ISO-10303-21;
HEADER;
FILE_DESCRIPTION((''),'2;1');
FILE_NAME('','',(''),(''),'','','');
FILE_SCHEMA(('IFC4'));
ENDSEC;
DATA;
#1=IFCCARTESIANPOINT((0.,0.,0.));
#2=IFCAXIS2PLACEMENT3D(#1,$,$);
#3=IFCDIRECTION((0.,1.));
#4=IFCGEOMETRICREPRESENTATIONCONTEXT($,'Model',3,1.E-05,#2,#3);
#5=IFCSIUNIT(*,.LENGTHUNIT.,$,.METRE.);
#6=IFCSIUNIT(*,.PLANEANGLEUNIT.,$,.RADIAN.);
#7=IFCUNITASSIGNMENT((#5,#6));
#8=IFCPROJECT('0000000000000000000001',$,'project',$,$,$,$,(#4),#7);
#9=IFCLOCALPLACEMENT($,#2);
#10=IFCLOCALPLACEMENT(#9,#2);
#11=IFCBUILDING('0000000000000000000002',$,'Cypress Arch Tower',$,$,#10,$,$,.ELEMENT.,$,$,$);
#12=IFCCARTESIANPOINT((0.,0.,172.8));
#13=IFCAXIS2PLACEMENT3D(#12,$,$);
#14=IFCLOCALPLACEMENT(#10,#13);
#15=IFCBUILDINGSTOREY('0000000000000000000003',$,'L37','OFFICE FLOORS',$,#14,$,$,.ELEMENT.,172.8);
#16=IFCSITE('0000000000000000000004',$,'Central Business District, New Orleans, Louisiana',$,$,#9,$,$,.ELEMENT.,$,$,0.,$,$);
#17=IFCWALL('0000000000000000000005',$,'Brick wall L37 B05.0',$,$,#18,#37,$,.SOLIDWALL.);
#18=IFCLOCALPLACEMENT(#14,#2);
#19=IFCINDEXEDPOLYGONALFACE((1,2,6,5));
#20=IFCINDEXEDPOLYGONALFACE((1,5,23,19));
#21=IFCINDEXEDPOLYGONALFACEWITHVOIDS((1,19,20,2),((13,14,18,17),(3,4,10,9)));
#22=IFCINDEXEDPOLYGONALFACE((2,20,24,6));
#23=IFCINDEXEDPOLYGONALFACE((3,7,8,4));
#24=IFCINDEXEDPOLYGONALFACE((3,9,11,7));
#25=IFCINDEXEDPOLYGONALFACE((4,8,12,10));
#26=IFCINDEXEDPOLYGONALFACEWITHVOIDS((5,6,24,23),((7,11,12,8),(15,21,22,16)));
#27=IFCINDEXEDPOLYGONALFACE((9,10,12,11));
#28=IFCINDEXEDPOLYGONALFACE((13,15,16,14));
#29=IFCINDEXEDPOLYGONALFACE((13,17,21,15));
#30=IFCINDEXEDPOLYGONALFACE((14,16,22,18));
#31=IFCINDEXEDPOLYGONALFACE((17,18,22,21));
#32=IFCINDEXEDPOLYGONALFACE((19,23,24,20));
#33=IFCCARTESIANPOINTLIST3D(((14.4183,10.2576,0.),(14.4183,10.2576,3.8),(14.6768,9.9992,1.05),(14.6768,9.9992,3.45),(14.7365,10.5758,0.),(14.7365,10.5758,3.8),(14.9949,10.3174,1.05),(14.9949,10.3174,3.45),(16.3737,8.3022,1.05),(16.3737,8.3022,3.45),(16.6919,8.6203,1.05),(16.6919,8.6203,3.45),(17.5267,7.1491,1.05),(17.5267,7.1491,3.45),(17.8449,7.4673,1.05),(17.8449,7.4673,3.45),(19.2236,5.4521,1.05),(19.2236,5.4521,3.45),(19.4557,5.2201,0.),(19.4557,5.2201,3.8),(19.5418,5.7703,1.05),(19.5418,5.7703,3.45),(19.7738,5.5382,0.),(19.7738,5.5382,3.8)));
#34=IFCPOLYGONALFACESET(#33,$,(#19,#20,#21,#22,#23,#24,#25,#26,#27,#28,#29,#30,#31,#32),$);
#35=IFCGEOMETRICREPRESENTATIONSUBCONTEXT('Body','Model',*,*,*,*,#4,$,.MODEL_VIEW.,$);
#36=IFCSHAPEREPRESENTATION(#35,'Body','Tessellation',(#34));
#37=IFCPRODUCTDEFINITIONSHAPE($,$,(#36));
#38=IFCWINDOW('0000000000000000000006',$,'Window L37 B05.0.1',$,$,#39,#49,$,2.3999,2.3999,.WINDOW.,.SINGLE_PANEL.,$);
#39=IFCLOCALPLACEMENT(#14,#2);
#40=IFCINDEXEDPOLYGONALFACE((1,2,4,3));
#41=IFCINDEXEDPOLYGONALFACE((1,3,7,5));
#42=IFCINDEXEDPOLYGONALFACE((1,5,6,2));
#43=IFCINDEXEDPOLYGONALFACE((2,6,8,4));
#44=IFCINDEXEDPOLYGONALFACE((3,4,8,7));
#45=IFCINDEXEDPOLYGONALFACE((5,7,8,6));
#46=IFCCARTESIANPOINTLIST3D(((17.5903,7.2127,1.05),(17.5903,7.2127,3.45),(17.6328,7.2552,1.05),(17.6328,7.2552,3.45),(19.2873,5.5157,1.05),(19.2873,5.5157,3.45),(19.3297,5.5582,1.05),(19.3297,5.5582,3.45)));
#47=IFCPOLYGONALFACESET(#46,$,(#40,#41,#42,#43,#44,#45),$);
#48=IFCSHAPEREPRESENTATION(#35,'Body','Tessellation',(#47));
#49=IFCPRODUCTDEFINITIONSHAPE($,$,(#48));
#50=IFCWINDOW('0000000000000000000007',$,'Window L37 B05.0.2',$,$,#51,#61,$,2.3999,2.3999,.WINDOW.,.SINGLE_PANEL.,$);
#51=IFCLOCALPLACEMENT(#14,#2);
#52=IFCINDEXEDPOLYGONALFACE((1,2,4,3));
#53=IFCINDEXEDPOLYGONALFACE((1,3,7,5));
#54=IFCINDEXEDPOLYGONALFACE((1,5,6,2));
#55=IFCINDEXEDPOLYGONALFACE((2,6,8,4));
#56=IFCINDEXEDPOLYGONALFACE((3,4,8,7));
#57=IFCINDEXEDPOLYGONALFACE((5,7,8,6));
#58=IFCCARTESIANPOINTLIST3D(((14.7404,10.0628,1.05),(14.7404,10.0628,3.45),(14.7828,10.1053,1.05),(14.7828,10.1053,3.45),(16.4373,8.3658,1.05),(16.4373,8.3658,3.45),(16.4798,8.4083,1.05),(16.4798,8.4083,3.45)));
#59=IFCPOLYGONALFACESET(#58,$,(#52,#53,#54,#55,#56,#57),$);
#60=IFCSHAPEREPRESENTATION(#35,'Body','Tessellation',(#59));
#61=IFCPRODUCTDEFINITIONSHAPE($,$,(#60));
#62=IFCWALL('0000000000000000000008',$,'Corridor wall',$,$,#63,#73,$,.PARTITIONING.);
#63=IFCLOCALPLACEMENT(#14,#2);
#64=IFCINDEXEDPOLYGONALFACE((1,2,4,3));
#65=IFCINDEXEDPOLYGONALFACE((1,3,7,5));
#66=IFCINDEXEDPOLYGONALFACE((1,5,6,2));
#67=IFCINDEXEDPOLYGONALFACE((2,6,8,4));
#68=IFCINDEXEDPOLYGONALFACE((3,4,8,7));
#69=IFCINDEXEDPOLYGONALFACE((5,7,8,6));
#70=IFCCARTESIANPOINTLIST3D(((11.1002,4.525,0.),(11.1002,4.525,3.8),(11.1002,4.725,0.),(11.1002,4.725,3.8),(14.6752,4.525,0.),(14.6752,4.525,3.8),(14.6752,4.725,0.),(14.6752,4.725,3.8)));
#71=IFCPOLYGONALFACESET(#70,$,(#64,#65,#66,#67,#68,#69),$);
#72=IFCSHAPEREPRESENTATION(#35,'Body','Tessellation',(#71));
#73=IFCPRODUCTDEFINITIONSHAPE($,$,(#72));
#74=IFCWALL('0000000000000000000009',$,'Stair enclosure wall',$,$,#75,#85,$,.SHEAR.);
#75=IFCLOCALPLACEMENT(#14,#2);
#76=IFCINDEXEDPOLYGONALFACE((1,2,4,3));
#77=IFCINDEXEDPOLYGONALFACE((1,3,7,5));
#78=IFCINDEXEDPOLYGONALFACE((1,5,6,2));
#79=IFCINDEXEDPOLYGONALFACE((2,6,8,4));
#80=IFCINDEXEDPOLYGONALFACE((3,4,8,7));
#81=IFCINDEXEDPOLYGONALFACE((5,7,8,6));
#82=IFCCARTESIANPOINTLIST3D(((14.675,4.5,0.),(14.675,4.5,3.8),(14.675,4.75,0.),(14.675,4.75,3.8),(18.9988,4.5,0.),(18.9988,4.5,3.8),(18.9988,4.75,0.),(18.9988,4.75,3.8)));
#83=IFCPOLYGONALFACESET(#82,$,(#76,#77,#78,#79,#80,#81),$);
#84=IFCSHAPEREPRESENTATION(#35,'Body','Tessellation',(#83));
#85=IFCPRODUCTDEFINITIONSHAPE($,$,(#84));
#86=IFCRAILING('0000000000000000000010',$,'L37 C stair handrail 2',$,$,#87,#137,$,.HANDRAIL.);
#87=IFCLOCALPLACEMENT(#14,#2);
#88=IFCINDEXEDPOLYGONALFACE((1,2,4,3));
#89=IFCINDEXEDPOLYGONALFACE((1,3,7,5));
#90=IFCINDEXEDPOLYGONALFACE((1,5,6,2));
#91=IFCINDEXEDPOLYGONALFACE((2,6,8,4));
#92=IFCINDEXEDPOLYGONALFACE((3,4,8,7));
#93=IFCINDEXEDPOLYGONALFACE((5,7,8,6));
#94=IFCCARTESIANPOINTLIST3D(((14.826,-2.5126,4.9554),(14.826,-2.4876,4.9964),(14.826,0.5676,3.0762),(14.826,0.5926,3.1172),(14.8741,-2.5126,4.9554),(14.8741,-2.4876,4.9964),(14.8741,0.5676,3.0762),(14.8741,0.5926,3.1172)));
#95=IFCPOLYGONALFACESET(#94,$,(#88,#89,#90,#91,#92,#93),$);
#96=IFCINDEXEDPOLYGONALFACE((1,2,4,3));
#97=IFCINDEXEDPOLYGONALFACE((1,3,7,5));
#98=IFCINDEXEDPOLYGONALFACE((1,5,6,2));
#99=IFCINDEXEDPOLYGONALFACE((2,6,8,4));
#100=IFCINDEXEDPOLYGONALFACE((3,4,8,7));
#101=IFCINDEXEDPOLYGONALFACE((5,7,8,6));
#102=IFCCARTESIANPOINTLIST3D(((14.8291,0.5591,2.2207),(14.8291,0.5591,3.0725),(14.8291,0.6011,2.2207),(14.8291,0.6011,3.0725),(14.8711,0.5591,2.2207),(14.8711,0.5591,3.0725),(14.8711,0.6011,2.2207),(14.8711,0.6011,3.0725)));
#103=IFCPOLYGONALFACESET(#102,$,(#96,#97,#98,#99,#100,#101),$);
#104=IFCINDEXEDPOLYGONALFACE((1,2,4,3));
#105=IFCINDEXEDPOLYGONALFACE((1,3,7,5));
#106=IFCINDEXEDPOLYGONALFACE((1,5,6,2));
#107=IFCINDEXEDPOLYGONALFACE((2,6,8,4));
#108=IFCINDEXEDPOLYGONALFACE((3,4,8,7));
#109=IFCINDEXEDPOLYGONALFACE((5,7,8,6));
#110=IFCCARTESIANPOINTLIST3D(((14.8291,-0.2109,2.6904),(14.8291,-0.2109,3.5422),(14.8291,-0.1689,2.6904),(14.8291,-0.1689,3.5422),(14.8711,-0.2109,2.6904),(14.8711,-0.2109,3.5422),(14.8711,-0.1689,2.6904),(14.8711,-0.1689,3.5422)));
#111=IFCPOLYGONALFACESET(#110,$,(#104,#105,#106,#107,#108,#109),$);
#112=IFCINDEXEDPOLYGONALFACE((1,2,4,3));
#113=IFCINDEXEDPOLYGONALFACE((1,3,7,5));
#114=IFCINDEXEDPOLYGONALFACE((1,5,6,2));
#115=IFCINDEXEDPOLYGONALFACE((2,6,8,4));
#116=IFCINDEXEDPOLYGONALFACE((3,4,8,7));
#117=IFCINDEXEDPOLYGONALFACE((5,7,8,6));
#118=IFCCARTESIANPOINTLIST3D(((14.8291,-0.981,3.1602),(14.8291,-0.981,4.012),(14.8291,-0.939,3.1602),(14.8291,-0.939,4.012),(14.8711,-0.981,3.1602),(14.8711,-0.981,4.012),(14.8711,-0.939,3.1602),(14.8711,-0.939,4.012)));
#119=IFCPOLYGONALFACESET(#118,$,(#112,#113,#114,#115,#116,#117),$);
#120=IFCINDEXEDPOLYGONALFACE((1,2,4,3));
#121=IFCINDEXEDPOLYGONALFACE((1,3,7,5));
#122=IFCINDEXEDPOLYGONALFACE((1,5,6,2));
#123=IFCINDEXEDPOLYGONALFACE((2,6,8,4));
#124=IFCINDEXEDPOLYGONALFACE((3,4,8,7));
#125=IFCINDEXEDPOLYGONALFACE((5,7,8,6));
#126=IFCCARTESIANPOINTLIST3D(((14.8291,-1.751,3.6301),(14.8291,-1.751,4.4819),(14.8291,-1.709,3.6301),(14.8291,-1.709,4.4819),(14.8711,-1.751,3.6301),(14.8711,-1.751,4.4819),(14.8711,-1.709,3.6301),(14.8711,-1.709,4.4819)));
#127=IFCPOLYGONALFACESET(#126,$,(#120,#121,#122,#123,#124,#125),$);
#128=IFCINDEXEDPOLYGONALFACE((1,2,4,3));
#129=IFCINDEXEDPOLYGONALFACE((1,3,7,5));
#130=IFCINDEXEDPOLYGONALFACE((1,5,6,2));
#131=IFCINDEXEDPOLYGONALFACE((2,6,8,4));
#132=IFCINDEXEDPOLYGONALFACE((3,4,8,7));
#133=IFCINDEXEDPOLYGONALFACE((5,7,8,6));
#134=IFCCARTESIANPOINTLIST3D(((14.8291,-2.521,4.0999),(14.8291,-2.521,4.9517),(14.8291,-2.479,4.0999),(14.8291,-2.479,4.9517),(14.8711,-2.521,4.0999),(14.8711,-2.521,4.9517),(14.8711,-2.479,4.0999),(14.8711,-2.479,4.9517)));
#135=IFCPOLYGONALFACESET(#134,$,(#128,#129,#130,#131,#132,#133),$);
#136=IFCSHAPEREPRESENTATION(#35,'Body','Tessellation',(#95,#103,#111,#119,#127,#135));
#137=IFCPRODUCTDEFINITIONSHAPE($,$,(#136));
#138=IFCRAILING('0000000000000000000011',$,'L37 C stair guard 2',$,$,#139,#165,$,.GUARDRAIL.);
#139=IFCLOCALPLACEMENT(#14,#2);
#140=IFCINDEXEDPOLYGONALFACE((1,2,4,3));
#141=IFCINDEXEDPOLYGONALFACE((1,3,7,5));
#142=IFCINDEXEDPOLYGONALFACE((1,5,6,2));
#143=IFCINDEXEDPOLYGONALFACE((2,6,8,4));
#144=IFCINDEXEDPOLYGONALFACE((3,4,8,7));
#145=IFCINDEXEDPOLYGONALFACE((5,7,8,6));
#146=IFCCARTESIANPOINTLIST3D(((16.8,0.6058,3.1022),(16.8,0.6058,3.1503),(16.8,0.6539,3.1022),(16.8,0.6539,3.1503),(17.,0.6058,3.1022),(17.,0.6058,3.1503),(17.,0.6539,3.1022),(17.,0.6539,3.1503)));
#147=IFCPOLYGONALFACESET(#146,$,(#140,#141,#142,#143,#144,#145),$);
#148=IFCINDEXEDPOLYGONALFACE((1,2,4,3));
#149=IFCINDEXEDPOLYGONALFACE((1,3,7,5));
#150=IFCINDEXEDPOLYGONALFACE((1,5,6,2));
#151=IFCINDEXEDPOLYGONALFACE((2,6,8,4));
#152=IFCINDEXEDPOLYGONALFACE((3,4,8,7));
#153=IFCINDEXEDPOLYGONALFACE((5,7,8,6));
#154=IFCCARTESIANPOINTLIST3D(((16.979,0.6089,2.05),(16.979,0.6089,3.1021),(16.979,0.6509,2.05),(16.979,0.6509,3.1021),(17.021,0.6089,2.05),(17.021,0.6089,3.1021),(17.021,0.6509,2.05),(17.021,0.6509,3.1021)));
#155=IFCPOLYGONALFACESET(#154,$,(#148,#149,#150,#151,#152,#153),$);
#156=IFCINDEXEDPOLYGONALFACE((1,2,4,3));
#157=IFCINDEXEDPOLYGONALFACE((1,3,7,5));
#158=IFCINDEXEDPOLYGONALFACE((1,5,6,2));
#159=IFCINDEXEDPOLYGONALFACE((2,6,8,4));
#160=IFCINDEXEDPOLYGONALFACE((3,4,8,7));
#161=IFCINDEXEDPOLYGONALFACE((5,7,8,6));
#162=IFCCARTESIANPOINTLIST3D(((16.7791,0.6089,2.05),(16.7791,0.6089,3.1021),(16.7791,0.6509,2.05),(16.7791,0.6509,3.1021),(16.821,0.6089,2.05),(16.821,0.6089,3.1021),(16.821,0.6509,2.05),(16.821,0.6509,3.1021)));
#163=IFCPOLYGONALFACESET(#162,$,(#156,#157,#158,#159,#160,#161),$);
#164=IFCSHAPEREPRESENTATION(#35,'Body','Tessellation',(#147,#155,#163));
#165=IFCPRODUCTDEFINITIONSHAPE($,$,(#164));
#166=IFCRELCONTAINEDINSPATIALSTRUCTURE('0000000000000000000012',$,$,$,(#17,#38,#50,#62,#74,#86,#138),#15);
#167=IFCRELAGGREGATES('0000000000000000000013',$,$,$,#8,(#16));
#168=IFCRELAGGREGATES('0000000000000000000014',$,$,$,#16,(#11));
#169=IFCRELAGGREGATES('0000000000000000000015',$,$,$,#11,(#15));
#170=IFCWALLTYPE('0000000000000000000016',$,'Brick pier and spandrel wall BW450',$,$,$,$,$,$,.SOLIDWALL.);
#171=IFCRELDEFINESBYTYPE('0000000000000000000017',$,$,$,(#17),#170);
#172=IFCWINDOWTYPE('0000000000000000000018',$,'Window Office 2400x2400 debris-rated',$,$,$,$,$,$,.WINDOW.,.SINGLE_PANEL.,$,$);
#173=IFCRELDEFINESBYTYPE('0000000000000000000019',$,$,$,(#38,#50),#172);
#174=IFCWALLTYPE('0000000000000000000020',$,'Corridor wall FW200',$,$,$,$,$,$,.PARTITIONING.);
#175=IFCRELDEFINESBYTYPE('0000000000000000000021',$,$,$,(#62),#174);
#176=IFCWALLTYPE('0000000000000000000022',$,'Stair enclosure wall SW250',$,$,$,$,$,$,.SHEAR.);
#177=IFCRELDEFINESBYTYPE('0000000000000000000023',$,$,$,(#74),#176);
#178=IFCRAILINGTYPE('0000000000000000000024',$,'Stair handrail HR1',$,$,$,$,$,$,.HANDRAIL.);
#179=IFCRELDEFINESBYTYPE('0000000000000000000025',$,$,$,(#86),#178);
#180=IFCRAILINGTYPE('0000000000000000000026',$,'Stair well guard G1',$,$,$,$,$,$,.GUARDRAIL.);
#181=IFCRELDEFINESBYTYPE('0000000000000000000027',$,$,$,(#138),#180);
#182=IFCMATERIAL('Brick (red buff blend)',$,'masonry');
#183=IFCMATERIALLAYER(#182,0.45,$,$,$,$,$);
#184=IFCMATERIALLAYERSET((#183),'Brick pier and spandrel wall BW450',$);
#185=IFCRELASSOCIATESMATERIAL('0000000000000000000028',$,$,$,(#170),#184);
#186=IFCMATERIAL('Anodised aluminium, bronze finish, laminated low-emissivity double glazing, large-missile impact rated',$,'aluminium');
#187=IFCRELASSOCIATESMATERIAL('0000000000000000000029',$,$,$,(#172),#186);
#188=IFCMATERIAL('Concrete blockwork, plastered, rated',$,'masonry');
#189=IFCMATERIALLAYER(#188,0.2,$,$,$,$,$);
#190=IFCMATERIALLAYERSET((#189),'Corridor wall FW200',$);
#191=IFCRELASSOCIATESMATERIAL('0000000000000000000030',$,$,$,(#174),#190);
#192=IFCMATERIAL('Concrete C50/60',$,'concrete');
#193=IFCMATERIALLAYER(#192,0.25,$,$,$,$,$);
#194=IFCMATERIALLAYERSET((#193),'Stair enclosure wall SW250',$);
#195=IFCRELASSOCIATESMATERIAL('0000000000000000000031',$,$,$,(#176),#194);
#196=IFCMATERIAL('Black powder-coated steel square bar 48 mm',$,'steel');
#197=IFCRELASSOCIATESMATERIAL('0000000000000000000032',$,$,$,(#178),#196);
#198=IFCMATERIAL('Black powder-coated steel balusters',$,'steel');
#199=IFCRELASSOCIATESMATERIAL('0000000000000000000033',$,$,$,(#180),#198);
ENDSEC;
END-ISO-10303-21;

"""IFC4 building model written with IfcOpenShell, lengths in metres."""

from ifc_helpers import new_model, si_unit, direction, frame, frame_2d, origin, origin_2d, place, context, subcontext, project, spatial, rectangle, extrude, material, layer, layer_set, type_object, element, fill, save


model = new_model("IFC4")

# Units and contexts
model_context = context("Model", 3, precision=1e-05, world=origin(), true_north=direction((0.0, 1.0)))
body_context = subcontext(model_context, "Body", "Model", "MODEL_VIEW")
ifc_project = project(units=[si_unit("LENGTHUNIT", "METRE"), si_unit("PLANEANGLEUNIT", "RADIAN")], contexts=[model_context])

# Site, building, storey
site_placement = place(None, origin())
site = spatial("IfcSite", under=ifc_project, at=site_placement, Name="Central Business District, New Orleans, Louisiana", CompositionType="ELEMENT", RefElevation=0.0)
building_placement = place(site_placement, origin())
building = spatial("IfcBuilding", under=site, at=building_placement, Name="Cypress Arch Tower", CompositionType="ELEMENT")
storey_placement = place(building_placement, frame((0.0, 0.0, 172.8)))
storey = spatial("IfcBuildingStorey", under=building, at=storey_placement, Name="L37", Description="OFFICE FLOORS", CompositionType="ELEMENT", Elevation=172.8)

# Wall, openings, windows
ifc_material_1 = material(Name="Brick (red buff blend)", Category="masonry")
ifc_layer_1 = layer(ifc_material_1, 0.45)
ifc_layer_set_1 = layer_set([ifc_layer_1], Name="Brick pier and spandrel wall BW450")
wall_type_1 = type_object("IfcWallType", Name="Brick pier and spandrel wall BW450", PredefinedType="SOLIDWALL", material=ifc_layer_set_1)
wall_1_placement = place(storey_placement, frame((19.6147, 5.3792, 0.0), z_axis=(0.0, 0.0, 1.0), x_axis=(-0.70709, 0.707124, 0.0)))
wall_1 = element("IfcWall", 1, at=wall_1_placement, inside=storey, type_object=wall_type_1, Name="Brick wall L37 B05.0", PredefinedType="SOLIDWALL", context=body_context, shape_type="SweptSolid", body=[
    extrude(rectangle(XDim=7.124, YDim=0.45, at=frame_2d((3.562, 0.0))), origin(), (0.0, 0.0, 1.0), 3.8),
])
opening_1_placement = place(wall_1_placement, frame((0.3281, 0.0, 1.05)))
opening_1 = element("IfcOpeningElement", 2, at=opening_1_placement, cuts=wall_1, PredefinedType="OPENING", context=body_context, shape_type="SweptSolid", body=[
    extrude(rectangle(XDim=2.3999, YDim=2.3999, at=frame_2d((1.2, 1.2))), frame((0.0, 0.2349, 0.0), z_axis=(0.0, -1.0, 0.0), x_axis=(1.0, 0.0, 0.0)), (0.0, 0.0, 1.0), 0.47),
])
opening_2_placement = place(wall_1_placement, frame((4.3586, 0.0, 1.05)))
opening_2 = element("IfcOpeningElement", 3, at=opening_2_placement, cuts=wall_1, PredefinedType="OPENING", context=body_context, shape_type="SweptSolid", body=[
    extrude(rectangle(XDim=2.3999, YDim=2.3999, at=frame_2d((1.2, 1.2))), frame((0.0, 0.2349, 0.0), z_axis=(0.0, -1.0, 0.0), x_axis=(1.0, 0.0, 0.0)), (0.0, 0.0, 1.0), 0.47),
])
ifc_material_2 = material(Name="Anodised aluminium, bronze finish, laminated low-emissivity double glazing, large-missile impact rated", Category="aluminium")
window_type = type_object("IfcWindowType", Name="Window Office 2400x2400 debris-rated", PartitioningType="SINGLE_PANEL", PredefinedType="WINDOW", material=ifc_material_2)
window_1_placement = place(opening_1_placement, origin())
window_1 = element("IfcWindow", 4, at=window_1_placement, inside=storey, type_object=window_type, Name="Window L37 B05.0.1", OverallHeight=2.3999, OverallWidth=2.3999, PartitioningType="SINGLE_PANEL", PredefinedType="WINDOW", context=body_context, shape_type="SweptSolid", body=[
    extrude(rectangle(XDim=2.3999, YDim=2.3999, at=frame_2d((1.2, 1.2))), frame((0.0, 0.135, 0.0), z_axis=(0.0, -1.0, 0.0), x_axis=(1.0, 0.0, 0.0)), (0.0, 0.0, 1.0), 0.0601),
])
fill(opening_1, window_1)
window_2_placement = place(opening_2_placement, origin())
window_2 = element("IfcWindow", 5, at=window_2_placement, inside=storey, type_object=window_type, Name="Window L37 B05.0.2", OverallHeight=2.3999, OverallWidth=2.3999, PartitioningType="SINGLE_PANEL", PredefinedType="WINDOW", context=body_context, shape_type="SweptSolid", body=[
    extrude(rectangle(XDim=2.3999, YDim=2.3999, at=frame_2d((1.2, 1.2))), frame((0.0, 0.135, 0.0), z_axis=(0.0, -1.0, 0.0), x_axis=(1.0, 0.0, 0.0)), (0.0, 0.0, 1.0), 0.0601),
])
fill(opening_2, window_2)

# Walls
ifc_material_3 = material(Name="Concrete blockwork, plastered, rated", Category="masonry")
ifc_layer_2 = layer(ifc_material_3, 0.2)
ifc_layer_set_2 = layer_set([ifc_layer_2], Name="Corridor wall FW200")
wall_type_2 = type_object("IfcWallType", Name="Corridor wall FW200", PredefinedType="PARTITIONING", material=ifc_layer_set_2)
wall_2_placement = place(storey_placement, frame((11.1001, 4.625, 0.0), z_axis=(0.0, 0.0, 1.0), x_axis=(1.0, 0.0, 0.0)))
element("IfcWall", 6, at=wall_2_placement, inside=storey, type_object=wall_type_2, Name="Corridor wall", PredefinedType="PARTITIONING", context=body_context, shape_type="SweptSolid", body=[
    extrude(rectangle(XDim=3.575, YDim=0.2, at=frame_2d((1.7876, 0.0))), origin(), (0.0, 0.0, 1.0), 3.8),
])
ifc_material_4 = material(Name="Concrete C50/60", Category="concrete")
ifc_layer_3 = layer(ifc_material_4, 0.25)
ifc_layer_set_3 = layer_set([ifc_layer_3], Name="Stair enclosure wall SW250")
wall_type_3 = type_object("IfcWallType", Name="Stair enclosure wall SW250", PredefinedType="SHEAR", material=ifc_layer_set_3)
wall_3_placement = place(storey_placement, frame((14.675, 4.625, 0.0), z_axis=(0.0, 0.0, 1.0), x_axis=(1.0, 0.0, 0.0)))
element("IfcWall", 7, at=wall_3_placement, inside=storey, type_object=wall_type_3, Name="Stair enclosure wall", PredefinedType="SHEAR", context=body_context, shape_type="SweptSolid", body=[
    extrude(rectangle(XDim=4.3237, YDim=0.25, at=frame_2d((2.1619, 0.0))), origin(), (0.0, 0.0, 1.0), 3.8),
])

# Railings
ifc_material_5 = material(Name="Black powder-coated steel square bar 48 mm", Category="steel")
railing_type_1 = type_object("IfcRailingType", Name="Stair handrail HR1", PredefinedType="HANDRAIL", material=ifc_material_5)
railing_1_placement = place(storey_placement, frame((14.8501, 0.5801, 2.2207)))
element("IfcRailing", 8, at=railing_1_placement, inside=storey, type_object=railing_type_1, Name="L37 C stair handrail 2", PredefinedType="HANDRAIL", context=body_context, shape_type="SweptSolid", body=[
    extrude(rectangle(XDim=0.0481, YDim=0.0481, at=origin_2d()), frame((0.0, 0.0, 0.876), z_axis=(0.0, -0.853666, 0.52082), x_axis=(1.0, 0.0, 0.0)), (0.0, 0.0, 1.0), 3.6082),
    extrude(rectangle(XDim=0.042, YDim=0.042, at=origin_2d()), origin(), (0.0, 0.0, 1.0), 0.8518),
    extrude(rectangle(XDim=0.042, YDim=0.042, at=origin_2d()), frame((0.0, -0.77, 0.4697)), (0.0, 0.0, 1.0), 0.8518),
    extrude(rectangle(XDim=0.042, YDim=0.042, at=origin_2d()), frame((0.0, -1.54, 0.9395)), (0.0, 0.0, 1.0), 0.8518),
    extrude(rectangle(XDim=0.042, YDim=0.042, at=origin_2d()), frame((0.0, -2.3101, 1.4094)), (0.0, 0.0, 1.0), 0.8518),
    extrude(rectangle(XDim=0.042, YDim=0.042, at=origin_2d()), frame((0.0, -3.0801, 1.8792)), (0.0, 0.0, 1.0), 0.8518),
])
ifc_material_6 = material(Name="Black powder-coated steel balusters", Category="steel")
railing_type_2 = type_object("IfcRailingType", Name="Stair well guard G1", PredefinedType="GUARDRAIL", material=ifc_material_6)
railing_2_placement = place(storey_placement, frame((17.0, 0.6299, 2.05)))
element("IfcRailing", 9, at=railing_2_placement, inside=storey, type_object=railing_type_2, Name="L37 C stair guard 2", PredefinedType="GUARDRAIL", context=body_context, shape_type="SweptSolid", body=[
    extrude(rectangle(XDim=0.0481, YDim=0.0481, at=origin_2d()), frame((0.0, 0.0, 1.0762), z_axis=(-1.0, 0.0, 0.0), x_axis=(0.0, -1.0, 0.0)), (0.0, 0.0, 1.0), 0.2),
    extrude(rectangle(XDim=0.042, YDim=0.042, at=origin_2d()), origin(), (0.0, 0.0, 1.0), 1.052),
    extrude(rectangle(XDim=0.042, YDim=0.042, at=origin_2d()), frame((-0.2, 0.0, 0.0)), (0.0, 0.0, 1.0), 1.052),
])

save(model, "model.ifc")
